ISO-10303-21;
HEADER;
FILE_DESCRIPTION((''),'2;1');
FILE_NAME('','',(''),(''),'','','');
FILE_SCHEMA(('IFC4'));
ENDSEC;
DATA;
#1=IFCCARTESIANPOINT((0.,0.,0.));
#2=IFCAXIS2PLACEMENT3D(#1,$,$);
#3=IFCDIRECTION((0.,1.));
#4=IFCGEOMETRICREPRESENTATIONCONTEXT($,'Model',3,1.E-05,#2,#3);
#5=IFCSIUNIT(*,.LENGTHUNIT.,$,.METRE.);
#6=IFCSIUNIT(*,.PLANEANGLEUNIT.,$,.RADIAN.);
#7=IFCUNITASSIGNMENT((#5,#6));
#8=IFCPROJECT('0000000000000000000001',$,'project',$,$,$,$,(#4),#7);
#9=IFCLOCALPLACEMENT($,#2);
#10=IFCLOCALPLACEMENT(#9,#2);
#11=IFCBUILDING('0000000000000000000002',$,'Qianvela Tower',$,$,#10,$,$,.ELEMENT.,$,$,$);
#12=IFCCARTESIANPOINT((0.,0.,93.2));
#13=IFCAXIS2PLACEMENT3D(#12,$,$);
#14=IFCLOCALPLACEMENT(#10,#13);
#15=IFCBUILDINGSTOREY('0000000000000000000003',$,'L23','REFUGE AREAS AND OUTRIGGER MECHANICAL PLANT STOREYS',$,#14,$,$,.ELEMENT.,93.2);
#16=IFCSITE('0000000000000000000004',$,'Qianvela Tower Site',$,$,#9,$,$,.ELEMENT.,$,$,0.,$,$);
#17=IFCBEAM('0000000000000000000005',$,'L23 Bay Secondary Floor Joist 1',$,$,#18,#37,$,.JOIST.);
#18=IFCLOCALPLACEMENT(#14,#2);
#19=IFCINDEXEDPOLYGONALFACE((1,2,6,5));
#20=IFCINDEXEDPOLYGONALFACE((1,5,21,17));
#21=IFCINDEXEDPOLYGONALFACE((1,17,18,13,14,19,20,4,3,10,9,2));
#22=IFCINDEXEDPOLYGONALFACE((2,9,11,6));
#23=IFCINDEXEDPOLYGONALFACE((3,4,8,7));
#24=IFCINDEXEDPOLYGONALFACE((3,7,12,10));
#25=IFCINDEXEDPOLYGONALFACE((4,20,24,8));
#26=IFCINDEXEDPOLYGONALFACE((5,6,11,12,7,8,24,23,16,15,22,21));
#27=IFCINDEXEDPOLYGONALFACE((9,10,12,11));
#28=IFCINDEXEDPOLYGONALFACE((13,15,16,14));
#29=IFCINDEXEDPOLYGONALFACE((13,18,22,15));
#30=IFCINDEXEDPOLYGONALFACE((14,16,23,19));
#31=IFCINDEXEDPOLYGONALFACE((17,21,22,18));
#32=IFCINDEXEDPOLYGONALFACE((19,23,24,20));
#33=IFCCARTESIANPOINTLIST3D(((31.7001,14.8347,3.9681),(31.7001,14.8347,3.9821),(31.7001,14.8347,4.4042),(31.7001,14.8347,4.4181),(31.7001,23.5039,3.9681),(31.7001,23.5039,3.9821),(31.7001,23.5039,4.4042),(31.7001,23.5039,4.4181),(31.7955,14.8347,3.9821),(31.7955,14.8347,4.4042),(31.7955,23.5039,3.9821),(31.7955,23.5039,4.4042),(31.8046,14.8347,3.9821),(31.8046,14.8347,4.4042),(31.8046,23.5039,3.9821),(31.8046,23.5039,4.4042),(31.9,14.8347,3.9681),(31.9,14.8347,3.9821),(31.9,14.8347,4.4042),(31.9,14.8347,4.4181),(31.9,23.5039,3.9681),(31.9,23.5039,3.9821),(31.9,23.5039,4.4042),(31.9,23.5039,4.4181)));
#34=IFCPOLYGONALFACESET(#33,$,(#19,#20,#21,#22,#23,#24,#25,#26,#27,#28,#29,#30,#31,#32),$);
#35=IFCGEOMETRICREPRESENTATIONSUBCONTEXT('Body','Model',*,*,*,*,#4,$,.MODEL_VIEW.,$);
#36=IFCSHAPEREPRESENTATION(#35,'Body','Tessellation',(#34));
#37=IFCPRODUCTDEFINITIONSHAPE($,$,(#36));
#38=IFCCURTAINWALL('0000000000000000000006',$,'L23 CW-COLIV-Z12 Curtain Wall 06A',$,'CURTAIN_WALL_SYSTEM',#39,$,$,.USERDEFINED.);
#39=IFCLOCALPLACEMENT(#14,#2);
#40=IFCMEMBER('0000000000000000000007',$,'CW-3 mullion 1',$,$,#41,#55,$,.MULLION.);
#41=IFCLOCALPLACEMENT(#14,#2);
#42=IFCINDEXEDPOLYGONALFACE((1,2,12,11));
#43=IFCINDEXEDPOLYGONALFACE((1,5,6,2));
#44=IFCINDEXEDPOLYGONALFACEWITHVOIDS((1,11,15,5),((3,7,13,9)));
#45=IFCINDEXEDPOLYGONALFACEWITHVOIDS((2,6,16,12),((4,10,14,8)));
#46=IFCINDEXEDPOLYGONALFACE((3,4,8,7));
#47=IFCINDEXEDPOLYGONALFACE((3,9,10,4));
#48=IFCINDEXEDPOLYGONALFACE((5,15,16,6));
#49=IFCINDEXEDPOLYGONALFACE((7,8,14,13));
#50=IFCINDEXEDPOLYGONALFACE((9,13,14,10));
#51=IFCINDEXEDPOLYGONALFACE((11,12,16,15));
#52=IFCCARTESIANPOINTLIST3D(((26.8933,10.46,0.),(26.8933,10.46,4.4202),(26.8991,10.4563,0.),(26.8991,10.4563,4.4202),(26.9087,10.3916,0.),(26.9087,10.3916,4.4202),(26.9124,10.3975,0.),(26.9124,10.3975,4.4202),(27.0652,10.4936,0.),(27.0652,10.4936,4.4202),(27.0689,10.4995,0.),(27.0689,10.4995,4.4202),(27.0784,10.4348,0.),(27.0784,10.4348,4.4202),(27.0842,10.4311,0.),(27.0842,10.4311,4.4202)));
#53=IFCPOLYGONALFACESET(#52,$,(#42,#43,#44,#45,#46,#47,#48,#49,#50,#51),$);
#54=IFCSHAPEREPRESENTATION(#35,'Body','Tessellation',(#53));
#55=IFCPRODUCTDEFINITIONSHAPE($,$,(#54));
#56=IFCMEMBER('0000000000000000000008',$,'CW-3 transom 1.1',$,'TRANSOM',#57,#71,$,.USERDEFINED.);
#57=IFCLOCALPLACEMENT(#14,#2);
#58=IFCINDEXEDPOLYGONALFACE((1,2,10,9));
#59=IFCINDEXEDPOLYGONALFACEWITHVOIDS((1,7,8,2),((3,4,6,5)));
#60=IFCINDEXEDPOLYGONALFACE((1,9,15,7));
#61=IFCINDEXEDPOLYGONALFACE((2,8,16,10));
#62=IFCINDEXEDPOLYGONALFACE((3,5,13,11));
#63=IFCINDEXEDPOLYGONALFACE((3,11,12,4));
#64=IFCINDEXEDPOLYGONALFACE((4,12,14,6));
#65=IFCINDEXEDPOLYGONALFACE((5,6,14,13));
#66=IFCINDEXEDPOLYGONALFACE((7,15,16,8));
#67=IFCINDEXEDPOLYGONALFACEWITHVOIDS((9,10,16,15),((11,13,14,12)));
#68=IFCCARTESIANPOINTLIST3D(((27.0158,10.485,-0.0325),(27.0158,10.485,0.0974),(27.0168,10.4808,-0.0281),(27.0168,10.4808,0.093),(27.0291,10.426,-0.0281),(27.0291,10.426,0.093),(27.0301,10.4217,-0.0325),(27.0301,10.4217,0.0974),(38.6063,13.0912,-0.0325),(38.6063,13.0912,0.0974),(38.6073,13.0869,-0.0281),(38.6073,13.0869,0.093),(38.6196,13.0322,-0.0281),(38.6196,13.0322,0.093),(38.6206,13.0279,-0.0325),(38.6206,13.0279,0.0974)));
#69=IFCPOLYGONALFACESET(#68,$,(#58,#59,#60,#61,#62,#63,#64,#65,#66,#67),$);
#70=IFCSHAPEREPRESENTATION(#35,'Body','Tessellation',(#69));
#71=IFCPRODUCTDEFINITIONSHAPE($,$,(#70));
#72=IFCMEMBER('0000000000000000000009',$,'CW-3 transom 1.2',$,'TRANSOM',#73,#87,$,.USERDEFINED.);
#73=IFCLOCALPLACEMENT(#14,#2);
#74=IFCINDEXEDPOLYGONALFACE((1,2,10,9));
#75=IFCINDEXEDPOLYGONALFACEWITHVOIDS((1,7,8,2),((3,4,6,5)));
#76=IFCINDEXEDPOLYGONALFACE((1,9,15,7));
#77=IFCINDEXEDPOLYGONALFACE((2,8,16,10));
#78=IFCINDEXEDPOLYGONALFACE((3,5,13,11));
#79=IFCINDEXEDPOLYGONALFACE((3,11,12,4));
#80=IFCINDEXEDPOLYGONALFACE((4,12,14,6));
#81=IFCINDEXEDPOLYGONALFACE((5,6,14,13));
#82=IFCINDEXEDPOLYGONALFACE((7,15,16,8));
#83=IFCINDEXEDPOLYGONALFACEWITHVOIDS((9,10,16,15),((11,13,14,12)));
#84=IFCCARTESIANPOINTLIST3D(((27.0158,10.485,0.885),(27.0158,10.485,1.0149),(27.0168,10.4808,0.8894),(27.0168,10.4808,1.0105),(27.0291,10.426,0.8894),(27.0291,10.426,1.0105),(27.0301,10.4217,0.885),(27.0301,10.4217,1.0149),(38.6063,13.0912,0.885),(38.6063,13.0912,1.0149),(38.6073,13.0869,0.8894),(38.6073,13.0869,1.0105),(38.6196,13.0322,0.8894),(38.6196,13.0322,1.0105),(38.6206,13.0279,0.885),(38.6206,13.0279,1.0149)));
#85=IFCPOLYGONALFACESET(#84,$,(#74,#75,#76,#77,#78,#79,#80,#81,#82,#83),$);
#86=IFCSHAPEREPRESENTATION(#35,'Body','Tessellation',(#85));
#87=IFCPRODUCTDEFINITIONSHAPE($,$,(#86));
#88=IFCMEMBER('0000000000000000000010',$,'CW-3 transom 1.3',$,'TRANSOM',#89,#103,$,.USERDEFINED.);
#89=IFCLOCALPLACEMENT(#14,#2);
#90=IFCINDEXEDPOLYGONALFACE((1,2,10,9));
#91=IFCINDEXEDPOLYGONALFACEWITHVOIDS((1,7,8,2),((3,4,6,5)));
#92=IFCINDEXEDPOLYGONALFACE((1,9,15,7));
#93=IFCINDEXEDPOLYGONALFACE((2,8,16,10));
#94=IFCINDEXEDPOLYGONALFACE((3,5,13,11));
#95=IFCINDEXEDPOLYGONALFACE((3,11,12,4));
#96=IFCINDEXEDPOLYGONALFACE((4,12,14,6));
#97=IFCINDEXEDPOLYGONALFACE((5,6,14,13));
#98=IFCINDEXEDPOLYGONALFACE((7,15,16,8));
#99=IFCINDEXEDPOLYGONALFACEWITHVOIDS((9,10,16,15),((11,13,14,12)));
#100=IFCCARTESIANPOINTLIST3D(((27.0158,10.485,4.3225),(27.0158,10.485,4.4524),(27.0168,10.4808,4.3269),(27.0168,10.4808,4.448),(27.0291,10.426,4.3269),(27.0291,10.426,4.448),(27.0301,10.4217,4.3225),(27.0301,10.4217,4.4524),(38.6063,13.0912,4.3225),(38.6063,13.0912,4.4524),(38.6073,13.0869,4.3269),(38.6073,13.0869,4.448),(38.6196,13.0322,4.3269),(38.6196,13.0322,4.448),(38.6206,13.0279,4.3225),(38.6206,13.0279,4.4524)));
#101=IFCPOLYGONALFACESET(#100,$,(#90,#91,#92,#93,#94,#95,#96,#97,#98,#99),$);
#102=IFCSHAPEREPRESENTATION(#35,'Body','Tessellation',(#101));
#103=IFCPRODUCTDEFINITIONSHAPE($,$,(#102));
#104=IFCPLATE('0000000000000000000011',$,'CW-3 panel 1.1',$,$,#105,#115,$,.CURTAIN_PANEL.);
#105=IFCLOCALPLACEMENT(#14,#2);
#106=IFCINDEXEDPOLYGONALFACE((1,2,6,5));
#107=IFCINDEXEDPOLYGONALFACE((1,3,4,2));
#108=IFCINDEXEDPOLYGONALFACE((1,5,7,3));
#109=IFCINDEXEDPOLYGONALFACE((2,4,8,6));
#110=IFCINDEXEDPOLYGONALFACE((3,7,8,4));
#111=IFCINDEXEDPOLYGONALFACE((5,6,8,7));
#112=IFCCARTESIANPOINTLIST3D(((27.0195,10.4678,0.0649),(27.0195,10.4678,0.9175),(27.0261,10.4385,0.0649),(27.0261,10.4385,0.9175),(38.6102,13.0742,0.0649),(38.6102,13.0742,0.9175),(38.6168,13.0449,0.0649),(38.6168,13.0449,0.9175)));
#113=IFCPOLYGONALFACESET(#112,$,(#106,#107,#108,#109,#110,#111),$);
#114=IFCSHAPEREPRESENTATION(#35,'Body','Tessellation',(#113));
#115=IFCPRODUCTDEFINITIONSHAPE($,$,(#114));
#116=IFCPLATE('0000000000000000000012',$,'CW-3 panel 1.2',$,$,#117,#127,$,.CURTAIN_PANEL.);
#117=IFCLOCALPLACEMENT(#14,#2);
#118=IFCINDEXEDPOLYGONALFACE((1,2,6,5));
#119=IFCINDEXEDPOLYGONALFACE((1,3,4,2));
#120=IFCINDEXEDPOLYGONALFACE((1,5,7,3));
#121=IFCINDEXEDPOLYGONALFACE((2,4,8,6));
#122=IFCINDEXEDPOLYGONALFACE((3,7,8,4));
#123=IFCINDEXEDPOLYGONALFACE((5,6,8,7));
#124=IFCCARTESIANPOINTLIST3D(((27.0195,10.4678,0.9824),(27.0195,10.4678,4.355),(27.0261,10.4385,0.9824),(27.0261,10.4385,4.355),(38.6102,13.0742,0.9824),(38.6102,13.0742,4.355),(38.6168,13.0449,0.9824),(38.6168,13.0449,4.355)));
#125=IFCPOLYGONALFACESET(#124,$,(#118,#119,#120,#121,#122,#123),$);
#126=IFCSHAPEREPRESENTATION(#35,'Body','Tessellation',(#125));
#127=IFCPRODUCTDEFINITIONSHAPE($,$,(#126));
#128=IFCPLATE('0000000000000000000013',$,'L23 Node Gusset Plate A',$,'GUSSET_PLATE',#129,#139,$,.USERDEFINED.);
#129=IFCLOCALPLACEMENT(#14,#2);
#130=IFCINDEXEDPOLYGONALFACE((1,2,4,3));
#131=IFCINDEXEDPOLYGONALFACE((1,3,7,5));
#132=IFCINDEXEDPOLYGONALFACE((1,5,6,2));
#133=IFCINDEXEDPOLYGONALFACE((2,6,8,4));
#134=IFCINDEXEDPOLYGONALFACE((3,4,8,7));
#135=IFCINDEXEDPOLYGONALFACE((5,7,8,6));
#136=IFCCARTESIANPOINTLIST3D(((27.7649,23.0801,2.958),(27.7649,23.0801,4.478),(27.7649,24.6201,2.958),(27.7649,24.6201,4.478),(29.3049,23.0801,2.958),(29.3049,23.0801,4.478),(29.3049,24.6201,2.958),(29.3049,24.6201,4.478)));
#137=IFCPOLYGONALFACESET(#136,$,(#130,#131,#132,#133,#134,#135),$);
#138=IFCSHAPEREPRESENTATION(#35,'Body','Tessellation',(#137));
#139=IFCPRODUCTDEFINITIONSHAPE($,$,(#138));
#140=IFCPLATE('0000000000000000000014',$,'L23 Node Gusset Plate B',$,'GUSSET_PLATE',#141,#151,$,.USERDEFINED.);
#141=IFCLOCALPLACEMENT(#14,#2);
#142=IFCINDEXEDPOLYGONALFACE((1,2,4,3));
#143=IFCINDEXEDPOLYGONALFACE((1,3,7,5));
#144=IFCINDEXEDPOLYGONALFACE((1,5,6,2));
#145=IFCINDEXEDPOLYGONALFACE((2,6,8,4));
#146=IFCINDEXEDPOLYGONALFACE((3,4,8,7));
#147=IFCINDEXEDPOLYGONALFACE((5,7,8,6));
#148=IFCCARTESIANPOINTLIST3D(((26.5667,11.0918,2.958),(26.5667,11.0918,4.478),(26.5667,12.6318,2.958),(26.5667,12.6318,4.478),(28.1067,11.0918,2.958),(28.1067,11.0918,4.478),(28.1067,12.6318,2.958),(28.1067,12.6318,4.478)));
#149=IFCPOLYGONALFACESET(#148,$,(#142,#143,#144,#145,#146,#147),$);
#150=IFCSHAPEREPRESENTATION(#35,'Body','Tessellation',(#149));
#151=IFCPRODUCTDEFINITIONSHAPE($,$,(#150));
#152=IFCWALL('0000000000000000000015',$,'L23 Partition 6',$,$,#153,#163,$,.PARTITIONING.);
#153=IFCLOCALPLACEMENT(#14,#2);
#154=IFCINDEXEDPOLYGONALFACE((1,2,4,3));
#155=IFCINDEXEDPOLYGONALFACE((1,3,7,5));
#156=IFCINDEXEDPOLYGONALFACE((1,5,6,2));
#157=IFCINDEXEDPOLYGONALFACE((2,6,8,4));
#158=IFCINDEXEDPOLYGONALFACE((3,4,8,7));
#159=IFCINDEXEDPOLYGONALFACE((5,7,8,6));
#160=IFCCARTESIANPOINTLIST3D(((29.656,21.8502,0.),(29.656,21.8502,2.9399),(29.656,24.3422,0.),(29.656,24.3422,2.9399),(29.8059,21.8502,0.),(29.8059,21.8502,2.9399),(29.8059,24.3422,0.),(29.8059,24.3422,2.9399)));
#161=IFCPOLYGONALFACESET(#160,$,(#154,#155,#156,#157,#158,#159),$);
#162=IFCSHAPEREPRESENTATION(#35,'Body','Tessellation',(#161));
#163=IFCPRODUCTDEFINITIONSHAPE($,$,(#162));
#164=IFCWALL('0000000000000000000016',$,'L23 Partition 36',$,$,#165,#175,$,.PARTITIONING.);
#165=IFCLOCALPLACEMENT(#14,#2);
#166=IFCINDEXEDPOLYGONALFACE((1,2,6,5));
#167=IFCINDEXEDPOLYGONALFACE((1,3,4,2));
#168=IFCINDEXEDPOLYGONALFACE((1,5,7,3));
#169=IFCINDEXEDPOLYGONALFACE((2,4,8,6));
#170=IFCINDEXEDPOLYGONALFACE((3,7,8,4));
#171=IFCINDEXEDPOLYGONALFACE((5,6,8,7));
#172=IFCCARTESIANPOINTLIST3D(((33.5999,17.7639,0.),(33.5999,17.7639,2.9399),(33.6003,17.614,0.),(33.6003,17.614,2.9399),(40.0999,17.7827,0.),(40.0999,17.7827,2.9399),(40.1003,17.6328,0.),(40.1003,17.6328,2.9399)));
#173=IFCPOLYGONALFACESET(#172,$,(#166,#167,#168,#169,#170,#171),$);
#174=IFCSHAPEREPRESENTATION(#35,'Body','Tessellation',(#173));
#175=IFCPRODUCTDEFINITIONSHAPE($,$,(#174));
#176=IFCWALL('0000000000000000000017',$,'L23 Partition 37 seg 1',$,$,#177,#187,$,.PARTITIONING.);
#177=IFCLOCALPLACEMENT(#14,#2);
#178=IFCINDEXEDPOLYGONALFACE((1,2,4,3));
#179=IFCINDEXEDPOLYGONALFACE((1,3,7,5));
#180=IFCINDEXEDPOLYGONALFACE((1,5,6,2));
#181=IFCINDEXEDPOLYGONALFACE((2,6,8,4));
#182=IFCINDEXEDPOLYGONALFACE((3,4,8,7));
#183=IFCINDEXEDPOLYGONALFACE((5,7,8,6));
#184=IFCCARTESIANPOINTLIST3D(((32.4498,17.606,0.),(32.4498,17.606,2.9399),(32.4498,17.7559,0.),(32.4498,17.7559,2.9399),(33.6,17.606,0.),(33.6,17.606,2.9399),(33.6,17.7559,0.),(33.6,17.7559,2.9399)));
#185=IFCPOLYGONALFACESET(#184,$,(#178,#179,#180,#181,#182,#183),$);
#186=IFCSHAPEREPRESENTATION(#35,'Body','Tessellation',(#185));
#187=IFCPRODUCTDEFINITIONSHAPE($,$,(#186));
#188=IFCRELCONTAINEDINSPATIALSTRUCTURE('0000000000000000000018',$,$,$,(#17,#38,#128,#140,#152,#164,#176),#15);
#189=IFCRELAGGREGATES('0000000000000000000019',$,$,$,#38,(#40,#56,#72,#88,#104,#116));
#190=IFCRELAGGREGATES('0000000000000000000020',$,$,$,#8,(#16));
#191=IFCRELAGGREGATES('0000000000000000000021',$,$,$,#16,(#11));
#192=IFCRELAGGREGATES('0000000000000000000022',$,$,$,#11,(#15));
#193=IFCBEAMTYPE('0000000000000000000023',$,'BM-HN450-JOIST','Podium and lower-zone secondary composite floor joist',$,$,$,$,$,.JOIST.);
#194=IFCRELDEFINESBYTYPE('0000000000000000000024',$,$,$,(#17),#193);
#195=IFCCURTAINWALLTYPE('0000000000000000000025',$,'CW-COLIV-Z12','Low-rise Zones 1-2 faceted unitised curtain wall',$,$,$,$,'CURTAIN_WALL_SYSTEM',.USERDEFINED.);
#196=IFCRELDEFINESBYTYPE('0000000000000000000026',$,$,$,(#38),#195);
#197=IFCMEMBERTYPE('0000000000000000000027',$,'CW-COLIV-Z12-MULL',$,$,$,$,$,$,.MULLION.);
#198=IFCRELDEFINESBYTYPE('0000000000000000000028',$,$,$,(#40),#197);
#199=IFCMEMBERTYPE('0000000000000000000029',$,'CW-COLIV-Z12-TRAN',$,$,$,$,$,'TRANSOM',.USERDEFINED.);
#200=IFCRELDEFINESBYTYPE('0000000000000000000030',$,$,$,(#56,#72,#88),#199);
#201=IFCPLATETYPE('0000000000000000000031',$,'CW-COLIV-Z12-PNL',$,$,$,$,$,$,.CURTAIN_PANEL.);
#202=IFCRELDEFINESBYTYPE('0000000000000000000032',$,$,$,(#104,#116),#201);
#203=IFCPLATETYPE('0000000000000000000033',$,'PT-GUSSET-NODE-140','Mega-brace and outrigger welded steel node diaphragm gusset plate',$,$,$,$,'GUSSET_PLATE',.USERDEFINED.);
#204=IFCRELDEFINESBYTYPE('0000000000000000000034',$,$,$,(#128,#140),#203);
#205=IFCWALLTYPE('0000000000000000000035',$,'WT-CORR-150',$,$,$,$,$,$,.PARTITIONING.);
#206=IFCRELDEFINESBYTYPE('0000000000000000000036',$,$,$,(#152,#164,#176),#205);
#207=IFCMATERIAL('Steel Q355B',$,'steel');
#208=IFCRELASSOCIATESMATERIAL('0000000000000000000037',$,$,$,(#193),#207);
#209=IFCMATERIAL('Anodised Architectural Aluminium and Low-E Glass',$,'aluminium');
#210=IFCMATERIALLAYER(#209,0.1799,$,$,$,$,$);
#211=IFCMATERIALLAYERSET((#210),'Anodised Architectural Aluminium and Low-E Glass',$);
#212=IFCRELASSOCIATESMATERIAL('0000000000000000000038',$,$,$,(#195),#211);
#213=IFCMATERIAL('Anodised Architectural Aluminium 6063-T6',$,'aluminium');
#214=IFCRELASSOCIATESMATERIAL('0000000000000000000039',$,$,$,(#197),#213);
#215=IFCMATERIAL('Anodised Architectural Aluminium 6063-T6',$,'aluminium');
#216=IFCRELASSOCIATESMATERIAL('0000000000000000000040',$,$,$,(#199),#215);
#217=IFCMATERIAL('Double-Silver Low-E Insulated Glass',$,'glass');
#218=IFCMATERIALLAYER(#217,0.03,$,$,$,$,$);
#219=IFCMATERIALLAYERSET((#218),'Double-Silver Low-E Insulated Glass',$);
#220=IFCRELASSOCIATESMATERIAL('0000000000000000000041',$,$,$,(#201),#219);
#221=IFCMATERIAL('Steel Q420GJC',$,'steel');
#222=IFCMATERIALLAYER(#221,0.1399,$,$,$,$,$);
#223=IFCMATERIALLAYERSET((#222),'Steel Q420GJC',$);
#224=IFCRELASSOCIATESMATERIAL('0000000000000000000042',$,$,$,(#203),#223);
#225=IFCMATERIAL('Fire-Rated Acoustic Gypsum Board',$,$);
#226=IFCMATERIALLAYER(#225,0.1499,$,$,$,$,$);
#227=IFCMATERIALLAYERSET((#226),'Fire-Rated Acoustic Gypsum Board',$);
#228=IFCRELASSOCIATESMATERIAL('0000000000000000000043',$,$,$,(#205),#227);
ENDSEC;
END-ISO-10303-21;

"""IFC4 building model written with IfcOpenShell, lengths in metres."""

from ifc_helpers import new_model, si_unit, direction, frame, frame_2d, origin, origin_2d, place, context, subcontext, project, spatial, rectangle, hollow_rectangle, i_section, extrude, material, layer, layer_set, material_profile, profile_set, type_object, element, aggregate, save


model = new_model("IFC4")

# Units and contexts
model_context = context("Model", 3, precision=1e-05, world=origin(), true_north=direction((0.0, 1.0)))
body_context = subcontext(model_context, "Body", "Model", "MODEL_VIEW")
ifc_project = project(units=[si_unit("LENGTHUNIT", "METRE"), si_unit("PLANEANGLEUNIT", "RADIAN")], contexts=[model_context])

# Site, building, storey
site_placement = place(None, origin())
site = spatial("IfcSite", under=ifc_project, at=site_placement, Name="Qianvela Tower Site", CompositionType="ELEMENT", RefElevation=0.0)
building_placement = place(site_placement, origin())
building = spatial("IfcBuilding", under=site, at=building_placement, Name="Qianvela Tower", CompositionType="ELEMENT")
storey_placement = place(building_placement, frame((0.0, 0.0, 93.2)))
storey = spatial("IfcBuildingStorey", under=building, at=storey_placement, Name="L23", Description="REFUGE AREAS AND OUTRIGGER MECHANICAL PLANT STOREYS", CompositionType="ELEMENT", Elevation=93.2)

# Beam
ifc_material_1 = material(Name="Steel Q355B", Category="steel")
ifc_material_profile_1 = material_profile(ifc_material_1, i_section(OverallWidth=0.2, OverallDepth=0.45, WebThickness=0.009, FlangeThickness=0.0139, at=origin_2d()), Name="HN450x200x9x14")
ifc_profile_set_1 = profile_set([ifc_material_profile_1], Name="Steel Q355B")
beam_type = type_object("IfcBeamType", Name="BM-HN450-JOIST", Description="Podium and lower-zone secondary composite floor joist", PredefinedType="JOIST", material=ifc_profile_set_1)
beam_placement = place(storey_placement, frame((31.8, 14.8347, 4.1931), z_axis=(0.0, 1.0, 0.0), x_axis=(-1.0, 0.0, 0.0)))
element("IfcBeam", 1, at=beam_placement, inside=storey, type_object=beam_type, Name="L23 Bay Secondary Floor Joist 1", PredefinedType="JOIST", context=body_context, shape_type="SweptSolid", body=[
    extrude(i_section(OverallWidth=0.2, OverallDepth=0.45, WebThickness=0.009, FlangeThickness=0.0139, at=origin_2d()), origin(), (0.0, 0.0, 1.0), 8.6692),
])

# Curtain wall, members, plates
ifc_material_2 = material(Name="Anodised Architectural Aluminium and Low-E Glass", Category="aluminium")
ifc_layer_1 = layer(ifc_material_2, 0.1799)
ifc_layer_set_1 = layer_set([ifc_layer_1], Name="Anodised Architectural Aluminium and Low-E Glass")
curtain_wall_type = type_object("IfcCurtainWallType", Name="CW-COLIV-Z12", Description="Low-rise Zones 1-2 faceted unitised curtain wall", ElementType="CURTAIN_WALL_SYSTEM", PredefinedType="USERDEFINED", material=ifc_layer_set_1)
curtain_wall_placement = place(storey_placement, origin())
curtain_wall = element("IfcCurtainWall", 2, at=curtain_wall_placement, inside=storey, type_object=curtain_wall_type, Name="L23 CW-COLIV-Z12 Curtain Wall 06A", ObjectType="CURTAIN_WALL_SYSTEM", PredefinedType="USERDEFINED")
ifc_material_3 = material(Name="Anodised Architectural Aluminium 6063-T6", Category="aluminium")
ifc_material_profile_2 = material_profile(ifc_material_3, hollow_rectangle(XDim=0.0701, YDim=0.1799, WallThickness=0.0049, at=origin_2d()), Name="ALU-MULL-70x180")
ifc_profile_set_2 = profile_set([ifc_material_profile_2], Name="Anodised Architectural Aluminium 6063-T6")
member_type_1 = type_object("IfcMemberType", Name="CW-COLIV-Z12-MULL", PredefinedType="MULLION", material=ifc_profile_set_2)
member_1_placement = place(storey_placement, frame((26.9888, 10.4456, 0.0), z_axis=(0.0, 0.0, 1.0), x_axis=(-0.219384, 0.975639, 0.0)))
member_1 = element("IfcMember", 3, at=member_1_placement, type_object=member_type_1, Name="CW-3 mullion 1", PredefinedType="MULLION", context=body_context, shape_type="SweptSolid", body=[
    extrude(hollow_rectangle(XDim=0.0701, YDim=0.1799, WallThickness=0.0049, at=origin_2d()), origin(), (0.0, 0.0, 1.0), 4.4202),
])
ifc_material_4 = material(Name="Anodised Architectural Aluminium 6063-T6", Category="aluminium")
ifc_material_profile_3 = material_profile(ifc_material_4, hollow_rectangle(XDim=0.0649, YDim=0.1299, WallThickness=0.0044, at=origin_2d()), Name="ALU-TRAN-65x130")
ifc_profile_set_3 = profile_set([ifc_material_profile_3], Name="Anodised Architectural Aluminium 6063-T6")
member_type_2 = type_object("IfcMemberType", Name="CW-COLIV-Z12-TRAN", ElementType="TRANSOM", PredefinedType="USERDEFINED", material=ifc_profile_set_3)
member_2_placement = place(storey_placement, frame((27.0229, 10.4534, 0.0325), z_axis=(0.97564, 0.219378, 0.0), x_axis=(-0.219378, 0.97564, 0.0)))
member_2 = element("IfcMember", 4, at=member_2_placement, type_object=member_type_2, Name="CW-3 transom 1.1", ObjectType="TRANSOM", PredefinedType="USERDEFINED", context=body_context, shape_type="SweptSolid", body=[
    extrude(hollow_rectangle(XDim=0.0649, YDim=0.1299, WallThickness=0.0044, at=origin_2d()), origin(), (0.0, 0.0, 1.0), 11.8799),
])
member_3_placement = place(storey_placement, frame((27.0229, 10.4534, 0.95), z_axis=(0.97564, 0.219378, 0.0), x_axis=(-0.219378, 0.97564, 0.0)))
member_3 = element("IfcMember", 5, at=member_3_placement, type_object=member_type_2, Name="CW-3 transom 1.2", ObjectType="TRANSOM", PredefinedType="USERDEFINED", context=body_context, shape_type="SweptSolid", body=[
    extrude(hollow_rectangle(XDim=0.0649, YDim=0.1299, WallThickness=0.0044, at=origin_2d()), origin(), (0.0, 0.0, 1.0), 11.8799),
])
member_4_placement = place(storey_placement, frame((27.0229, 10.4534, 4.3875), z_axis=(0.97564, 0.219378, 0.0), x_axis=(-0.219378, 0.97564, 0.0)))
member_4 = element("IfcMember", 6, at=member_4_placement, type_object=member_type_2, Name="CW-3 transom 1.3", ObjectType="TRANSOM", PredefinedType="USERDEFINED", context=body_context, shape_type="SweptSolid", body=[
    extrude(hollow_rectangle(XDim=0.0649, YDim=0.1299, WallThickness=0.0044, at=origin_2d()), origin(), (0.0, 0.0, 1.0), 11.8799),
])
ifc_material_5 = material(Name="Double-Silver Low-E Insulated Glass", Category="glass")
ifc_layer_2 = layer(ifc_material_5, 0.03)
ifc_layer_set_2 = layer_set([ifc_layer_2], Name="Double-Silver Low-E Insulated Glass")
plate_type_1 = type_object("IfcPlateType", Name="CW-COLIV-Z12-PNL", PredefinedType="CURTAIN_PANEL", material=ifc_layer_set_2)
plate_1_placement = place(storey_placement, frame((32.8181, 11.7563, 0.0649), z_axis=(0.0, 0.0, 1.0), x_axis=(0.975639, 0.219384, 0.0)))
plate_1 = element("IfcPlate", 7, at=plate_1_placement, type_object=plate_type_1, Name="CW-3 panel 1.1", PredefinedType="CURTAIN_PANEL", context=body_context, shape_type="SweptSolid", body=[
    extrude(rectangle(XDim=11.8801, YDim=0.03, at=origin_2d()), origin(), (0.0, 0.0, 1.0), 0.8525),
])
plate_2_placement = place(storey_placement, frame((32.8181, 11.7563, 0.9824), z_axis=(0.0, 0.0, 1.0), x_axis=(0.975639, 0.219384, 0.0)))
plate_2 = element("IfcPlate", 8, at=plate_2_placement, type_object=plate_type_1, Name="CW-3 panel 1.2", PredefinedType="CURTAIN_PANEL", context=body_context, shape_type="SweptSolid", body=[
    extrude(rectangle(XDim=11.8801, YDim=0.03, at=origin_2d()), origin(), (0.0, 0.0, 1.0), 3.3726),
])
aggregate(curtain_wall, [member_1, member_2, member_3, member_4, plate_1, plate_2])

# Plates
ifc_material_6 = material(Name="Steel Q420GJC", Category="steel")
ifc_layer_3 = layer(ifc_material_6, 0.1399)
ifc_layer_set_3 = layer_set([ifc_layer_3], Name="Steel Q420GJC")
plate_type_2 = type_object("IfcPlateType", Name="PT-GUSSET-NODE-140", Description="Mega-brace and outrigger welded steel node diaphragm gusset plate", ElementType="GUSSET_PLATE", PredefinedType="USERDEFINED", material=ifc_layer_set_3)
for number, where, z_axis, x_axis, name in (
    (9, (28.5349, 23.8501, 2.958), (0.0, 0.0, 1.0), (1.0, 0.0, 0.0), "L23 Node Gusset Plate A"),
    (10, (27.3367, 11.8618, 2.958), (0.0, 0.0, 1.0), (1.0, 0.0, 0.0), "L23 Node Gusset Plate B"),
):
    element("IfcPlate", number, at=place(storey_placement, frame(where, z_axis=z_axis, x_axis=x_axis)), inside=storey, type_object=plate_type_2, Name=name, ObjectType="GUSSET_PLATE", PredefinedType="USERDEFINED", context=body_context, shape_type="SweptSolid", body=[
        extrude(rectangle(XDim=1.54, YDim=1.54, at=origin_2d()), origin(), (0.0, 0.0, 1.0), 1.52),
    ])

# Shared definitions
ifc_material_7 = material(Name="Fire-Rated Acoustic Gypsum Board")
ifc_layer_4 = layer(ifc_material_7, 0.1499)
ifc_layer_set_4 = layer_set([ifc_layer_4], Name="Fire-Rated Acoustic Gypsum Board")
wall_type = type_object("IfcWallType", Name="WT-CORR-150", PredefinedType="PARTITIONING", material=ifc_layer_set_4)

# Walls
wall_1_placement = place(storey_placement, frame((29.731, 21.8501, 0.0), z_axis=(0.0, 0.0, 1.0), x_axis=(0.0, 1.0, 0.0)))
element("IfcWall", 11, at=wall_1_placement, inside=storey, type_object=wall_type, Name="L23 Partition 6", PredefinedType="PARTITIONING", context=body_context, shape_type="SweptSolid", body=[
    extrude(rectangle(XDim=2.4919, YDim=0.1499, at=frame_2d((1.2461, 0.0))), origin(), (0.0, 0.0, 1.0), 2.9399),
])
wall_2_placement = place(storey_placement, frame((33.6001, 17.689, 0.0), z_axis=(0.0, 0.0, 1.0), x_axis=(0.999996, 0.002892, 0.0)))
element("IfcWall", 12, at=wall_2_placement, inside=storey, type_object=wall_type, Name="L23 Partition 36", PredefinedType="PARTITIONING", context=body_context, shape_type="SweptSolid", body=[
    extrude(rectangle(XDim=6.5, YDim=0.1499, at=frame_2d((3.25, 0.0))), origin(), (0.0, 0.0, 1.0), 2.9399),
])
wall_3_placement = place(storey_placement, frame((33.6001, 17.6809, 0.0), z_axis=(0.0, 0.0, 1.0), x_axis=(-1.0, 0.0, 0.0)))
element("IfcWall", 13, at=wall_3_placement, inside=storey, type_object=wall_type, Name="L23 Partition 37 seg 1", PredefinedType="PARTITIONING", context=body_context, shape_type="SweptSolid", body=[
    extrude(rectangle(XDim=1.1501, YDim=0.1499, at=frame_2d((0.5752, 0.0))), origin(), (0.0, 0.0, 1.0), 2.9399),
])

save(model, "model.ifc")
